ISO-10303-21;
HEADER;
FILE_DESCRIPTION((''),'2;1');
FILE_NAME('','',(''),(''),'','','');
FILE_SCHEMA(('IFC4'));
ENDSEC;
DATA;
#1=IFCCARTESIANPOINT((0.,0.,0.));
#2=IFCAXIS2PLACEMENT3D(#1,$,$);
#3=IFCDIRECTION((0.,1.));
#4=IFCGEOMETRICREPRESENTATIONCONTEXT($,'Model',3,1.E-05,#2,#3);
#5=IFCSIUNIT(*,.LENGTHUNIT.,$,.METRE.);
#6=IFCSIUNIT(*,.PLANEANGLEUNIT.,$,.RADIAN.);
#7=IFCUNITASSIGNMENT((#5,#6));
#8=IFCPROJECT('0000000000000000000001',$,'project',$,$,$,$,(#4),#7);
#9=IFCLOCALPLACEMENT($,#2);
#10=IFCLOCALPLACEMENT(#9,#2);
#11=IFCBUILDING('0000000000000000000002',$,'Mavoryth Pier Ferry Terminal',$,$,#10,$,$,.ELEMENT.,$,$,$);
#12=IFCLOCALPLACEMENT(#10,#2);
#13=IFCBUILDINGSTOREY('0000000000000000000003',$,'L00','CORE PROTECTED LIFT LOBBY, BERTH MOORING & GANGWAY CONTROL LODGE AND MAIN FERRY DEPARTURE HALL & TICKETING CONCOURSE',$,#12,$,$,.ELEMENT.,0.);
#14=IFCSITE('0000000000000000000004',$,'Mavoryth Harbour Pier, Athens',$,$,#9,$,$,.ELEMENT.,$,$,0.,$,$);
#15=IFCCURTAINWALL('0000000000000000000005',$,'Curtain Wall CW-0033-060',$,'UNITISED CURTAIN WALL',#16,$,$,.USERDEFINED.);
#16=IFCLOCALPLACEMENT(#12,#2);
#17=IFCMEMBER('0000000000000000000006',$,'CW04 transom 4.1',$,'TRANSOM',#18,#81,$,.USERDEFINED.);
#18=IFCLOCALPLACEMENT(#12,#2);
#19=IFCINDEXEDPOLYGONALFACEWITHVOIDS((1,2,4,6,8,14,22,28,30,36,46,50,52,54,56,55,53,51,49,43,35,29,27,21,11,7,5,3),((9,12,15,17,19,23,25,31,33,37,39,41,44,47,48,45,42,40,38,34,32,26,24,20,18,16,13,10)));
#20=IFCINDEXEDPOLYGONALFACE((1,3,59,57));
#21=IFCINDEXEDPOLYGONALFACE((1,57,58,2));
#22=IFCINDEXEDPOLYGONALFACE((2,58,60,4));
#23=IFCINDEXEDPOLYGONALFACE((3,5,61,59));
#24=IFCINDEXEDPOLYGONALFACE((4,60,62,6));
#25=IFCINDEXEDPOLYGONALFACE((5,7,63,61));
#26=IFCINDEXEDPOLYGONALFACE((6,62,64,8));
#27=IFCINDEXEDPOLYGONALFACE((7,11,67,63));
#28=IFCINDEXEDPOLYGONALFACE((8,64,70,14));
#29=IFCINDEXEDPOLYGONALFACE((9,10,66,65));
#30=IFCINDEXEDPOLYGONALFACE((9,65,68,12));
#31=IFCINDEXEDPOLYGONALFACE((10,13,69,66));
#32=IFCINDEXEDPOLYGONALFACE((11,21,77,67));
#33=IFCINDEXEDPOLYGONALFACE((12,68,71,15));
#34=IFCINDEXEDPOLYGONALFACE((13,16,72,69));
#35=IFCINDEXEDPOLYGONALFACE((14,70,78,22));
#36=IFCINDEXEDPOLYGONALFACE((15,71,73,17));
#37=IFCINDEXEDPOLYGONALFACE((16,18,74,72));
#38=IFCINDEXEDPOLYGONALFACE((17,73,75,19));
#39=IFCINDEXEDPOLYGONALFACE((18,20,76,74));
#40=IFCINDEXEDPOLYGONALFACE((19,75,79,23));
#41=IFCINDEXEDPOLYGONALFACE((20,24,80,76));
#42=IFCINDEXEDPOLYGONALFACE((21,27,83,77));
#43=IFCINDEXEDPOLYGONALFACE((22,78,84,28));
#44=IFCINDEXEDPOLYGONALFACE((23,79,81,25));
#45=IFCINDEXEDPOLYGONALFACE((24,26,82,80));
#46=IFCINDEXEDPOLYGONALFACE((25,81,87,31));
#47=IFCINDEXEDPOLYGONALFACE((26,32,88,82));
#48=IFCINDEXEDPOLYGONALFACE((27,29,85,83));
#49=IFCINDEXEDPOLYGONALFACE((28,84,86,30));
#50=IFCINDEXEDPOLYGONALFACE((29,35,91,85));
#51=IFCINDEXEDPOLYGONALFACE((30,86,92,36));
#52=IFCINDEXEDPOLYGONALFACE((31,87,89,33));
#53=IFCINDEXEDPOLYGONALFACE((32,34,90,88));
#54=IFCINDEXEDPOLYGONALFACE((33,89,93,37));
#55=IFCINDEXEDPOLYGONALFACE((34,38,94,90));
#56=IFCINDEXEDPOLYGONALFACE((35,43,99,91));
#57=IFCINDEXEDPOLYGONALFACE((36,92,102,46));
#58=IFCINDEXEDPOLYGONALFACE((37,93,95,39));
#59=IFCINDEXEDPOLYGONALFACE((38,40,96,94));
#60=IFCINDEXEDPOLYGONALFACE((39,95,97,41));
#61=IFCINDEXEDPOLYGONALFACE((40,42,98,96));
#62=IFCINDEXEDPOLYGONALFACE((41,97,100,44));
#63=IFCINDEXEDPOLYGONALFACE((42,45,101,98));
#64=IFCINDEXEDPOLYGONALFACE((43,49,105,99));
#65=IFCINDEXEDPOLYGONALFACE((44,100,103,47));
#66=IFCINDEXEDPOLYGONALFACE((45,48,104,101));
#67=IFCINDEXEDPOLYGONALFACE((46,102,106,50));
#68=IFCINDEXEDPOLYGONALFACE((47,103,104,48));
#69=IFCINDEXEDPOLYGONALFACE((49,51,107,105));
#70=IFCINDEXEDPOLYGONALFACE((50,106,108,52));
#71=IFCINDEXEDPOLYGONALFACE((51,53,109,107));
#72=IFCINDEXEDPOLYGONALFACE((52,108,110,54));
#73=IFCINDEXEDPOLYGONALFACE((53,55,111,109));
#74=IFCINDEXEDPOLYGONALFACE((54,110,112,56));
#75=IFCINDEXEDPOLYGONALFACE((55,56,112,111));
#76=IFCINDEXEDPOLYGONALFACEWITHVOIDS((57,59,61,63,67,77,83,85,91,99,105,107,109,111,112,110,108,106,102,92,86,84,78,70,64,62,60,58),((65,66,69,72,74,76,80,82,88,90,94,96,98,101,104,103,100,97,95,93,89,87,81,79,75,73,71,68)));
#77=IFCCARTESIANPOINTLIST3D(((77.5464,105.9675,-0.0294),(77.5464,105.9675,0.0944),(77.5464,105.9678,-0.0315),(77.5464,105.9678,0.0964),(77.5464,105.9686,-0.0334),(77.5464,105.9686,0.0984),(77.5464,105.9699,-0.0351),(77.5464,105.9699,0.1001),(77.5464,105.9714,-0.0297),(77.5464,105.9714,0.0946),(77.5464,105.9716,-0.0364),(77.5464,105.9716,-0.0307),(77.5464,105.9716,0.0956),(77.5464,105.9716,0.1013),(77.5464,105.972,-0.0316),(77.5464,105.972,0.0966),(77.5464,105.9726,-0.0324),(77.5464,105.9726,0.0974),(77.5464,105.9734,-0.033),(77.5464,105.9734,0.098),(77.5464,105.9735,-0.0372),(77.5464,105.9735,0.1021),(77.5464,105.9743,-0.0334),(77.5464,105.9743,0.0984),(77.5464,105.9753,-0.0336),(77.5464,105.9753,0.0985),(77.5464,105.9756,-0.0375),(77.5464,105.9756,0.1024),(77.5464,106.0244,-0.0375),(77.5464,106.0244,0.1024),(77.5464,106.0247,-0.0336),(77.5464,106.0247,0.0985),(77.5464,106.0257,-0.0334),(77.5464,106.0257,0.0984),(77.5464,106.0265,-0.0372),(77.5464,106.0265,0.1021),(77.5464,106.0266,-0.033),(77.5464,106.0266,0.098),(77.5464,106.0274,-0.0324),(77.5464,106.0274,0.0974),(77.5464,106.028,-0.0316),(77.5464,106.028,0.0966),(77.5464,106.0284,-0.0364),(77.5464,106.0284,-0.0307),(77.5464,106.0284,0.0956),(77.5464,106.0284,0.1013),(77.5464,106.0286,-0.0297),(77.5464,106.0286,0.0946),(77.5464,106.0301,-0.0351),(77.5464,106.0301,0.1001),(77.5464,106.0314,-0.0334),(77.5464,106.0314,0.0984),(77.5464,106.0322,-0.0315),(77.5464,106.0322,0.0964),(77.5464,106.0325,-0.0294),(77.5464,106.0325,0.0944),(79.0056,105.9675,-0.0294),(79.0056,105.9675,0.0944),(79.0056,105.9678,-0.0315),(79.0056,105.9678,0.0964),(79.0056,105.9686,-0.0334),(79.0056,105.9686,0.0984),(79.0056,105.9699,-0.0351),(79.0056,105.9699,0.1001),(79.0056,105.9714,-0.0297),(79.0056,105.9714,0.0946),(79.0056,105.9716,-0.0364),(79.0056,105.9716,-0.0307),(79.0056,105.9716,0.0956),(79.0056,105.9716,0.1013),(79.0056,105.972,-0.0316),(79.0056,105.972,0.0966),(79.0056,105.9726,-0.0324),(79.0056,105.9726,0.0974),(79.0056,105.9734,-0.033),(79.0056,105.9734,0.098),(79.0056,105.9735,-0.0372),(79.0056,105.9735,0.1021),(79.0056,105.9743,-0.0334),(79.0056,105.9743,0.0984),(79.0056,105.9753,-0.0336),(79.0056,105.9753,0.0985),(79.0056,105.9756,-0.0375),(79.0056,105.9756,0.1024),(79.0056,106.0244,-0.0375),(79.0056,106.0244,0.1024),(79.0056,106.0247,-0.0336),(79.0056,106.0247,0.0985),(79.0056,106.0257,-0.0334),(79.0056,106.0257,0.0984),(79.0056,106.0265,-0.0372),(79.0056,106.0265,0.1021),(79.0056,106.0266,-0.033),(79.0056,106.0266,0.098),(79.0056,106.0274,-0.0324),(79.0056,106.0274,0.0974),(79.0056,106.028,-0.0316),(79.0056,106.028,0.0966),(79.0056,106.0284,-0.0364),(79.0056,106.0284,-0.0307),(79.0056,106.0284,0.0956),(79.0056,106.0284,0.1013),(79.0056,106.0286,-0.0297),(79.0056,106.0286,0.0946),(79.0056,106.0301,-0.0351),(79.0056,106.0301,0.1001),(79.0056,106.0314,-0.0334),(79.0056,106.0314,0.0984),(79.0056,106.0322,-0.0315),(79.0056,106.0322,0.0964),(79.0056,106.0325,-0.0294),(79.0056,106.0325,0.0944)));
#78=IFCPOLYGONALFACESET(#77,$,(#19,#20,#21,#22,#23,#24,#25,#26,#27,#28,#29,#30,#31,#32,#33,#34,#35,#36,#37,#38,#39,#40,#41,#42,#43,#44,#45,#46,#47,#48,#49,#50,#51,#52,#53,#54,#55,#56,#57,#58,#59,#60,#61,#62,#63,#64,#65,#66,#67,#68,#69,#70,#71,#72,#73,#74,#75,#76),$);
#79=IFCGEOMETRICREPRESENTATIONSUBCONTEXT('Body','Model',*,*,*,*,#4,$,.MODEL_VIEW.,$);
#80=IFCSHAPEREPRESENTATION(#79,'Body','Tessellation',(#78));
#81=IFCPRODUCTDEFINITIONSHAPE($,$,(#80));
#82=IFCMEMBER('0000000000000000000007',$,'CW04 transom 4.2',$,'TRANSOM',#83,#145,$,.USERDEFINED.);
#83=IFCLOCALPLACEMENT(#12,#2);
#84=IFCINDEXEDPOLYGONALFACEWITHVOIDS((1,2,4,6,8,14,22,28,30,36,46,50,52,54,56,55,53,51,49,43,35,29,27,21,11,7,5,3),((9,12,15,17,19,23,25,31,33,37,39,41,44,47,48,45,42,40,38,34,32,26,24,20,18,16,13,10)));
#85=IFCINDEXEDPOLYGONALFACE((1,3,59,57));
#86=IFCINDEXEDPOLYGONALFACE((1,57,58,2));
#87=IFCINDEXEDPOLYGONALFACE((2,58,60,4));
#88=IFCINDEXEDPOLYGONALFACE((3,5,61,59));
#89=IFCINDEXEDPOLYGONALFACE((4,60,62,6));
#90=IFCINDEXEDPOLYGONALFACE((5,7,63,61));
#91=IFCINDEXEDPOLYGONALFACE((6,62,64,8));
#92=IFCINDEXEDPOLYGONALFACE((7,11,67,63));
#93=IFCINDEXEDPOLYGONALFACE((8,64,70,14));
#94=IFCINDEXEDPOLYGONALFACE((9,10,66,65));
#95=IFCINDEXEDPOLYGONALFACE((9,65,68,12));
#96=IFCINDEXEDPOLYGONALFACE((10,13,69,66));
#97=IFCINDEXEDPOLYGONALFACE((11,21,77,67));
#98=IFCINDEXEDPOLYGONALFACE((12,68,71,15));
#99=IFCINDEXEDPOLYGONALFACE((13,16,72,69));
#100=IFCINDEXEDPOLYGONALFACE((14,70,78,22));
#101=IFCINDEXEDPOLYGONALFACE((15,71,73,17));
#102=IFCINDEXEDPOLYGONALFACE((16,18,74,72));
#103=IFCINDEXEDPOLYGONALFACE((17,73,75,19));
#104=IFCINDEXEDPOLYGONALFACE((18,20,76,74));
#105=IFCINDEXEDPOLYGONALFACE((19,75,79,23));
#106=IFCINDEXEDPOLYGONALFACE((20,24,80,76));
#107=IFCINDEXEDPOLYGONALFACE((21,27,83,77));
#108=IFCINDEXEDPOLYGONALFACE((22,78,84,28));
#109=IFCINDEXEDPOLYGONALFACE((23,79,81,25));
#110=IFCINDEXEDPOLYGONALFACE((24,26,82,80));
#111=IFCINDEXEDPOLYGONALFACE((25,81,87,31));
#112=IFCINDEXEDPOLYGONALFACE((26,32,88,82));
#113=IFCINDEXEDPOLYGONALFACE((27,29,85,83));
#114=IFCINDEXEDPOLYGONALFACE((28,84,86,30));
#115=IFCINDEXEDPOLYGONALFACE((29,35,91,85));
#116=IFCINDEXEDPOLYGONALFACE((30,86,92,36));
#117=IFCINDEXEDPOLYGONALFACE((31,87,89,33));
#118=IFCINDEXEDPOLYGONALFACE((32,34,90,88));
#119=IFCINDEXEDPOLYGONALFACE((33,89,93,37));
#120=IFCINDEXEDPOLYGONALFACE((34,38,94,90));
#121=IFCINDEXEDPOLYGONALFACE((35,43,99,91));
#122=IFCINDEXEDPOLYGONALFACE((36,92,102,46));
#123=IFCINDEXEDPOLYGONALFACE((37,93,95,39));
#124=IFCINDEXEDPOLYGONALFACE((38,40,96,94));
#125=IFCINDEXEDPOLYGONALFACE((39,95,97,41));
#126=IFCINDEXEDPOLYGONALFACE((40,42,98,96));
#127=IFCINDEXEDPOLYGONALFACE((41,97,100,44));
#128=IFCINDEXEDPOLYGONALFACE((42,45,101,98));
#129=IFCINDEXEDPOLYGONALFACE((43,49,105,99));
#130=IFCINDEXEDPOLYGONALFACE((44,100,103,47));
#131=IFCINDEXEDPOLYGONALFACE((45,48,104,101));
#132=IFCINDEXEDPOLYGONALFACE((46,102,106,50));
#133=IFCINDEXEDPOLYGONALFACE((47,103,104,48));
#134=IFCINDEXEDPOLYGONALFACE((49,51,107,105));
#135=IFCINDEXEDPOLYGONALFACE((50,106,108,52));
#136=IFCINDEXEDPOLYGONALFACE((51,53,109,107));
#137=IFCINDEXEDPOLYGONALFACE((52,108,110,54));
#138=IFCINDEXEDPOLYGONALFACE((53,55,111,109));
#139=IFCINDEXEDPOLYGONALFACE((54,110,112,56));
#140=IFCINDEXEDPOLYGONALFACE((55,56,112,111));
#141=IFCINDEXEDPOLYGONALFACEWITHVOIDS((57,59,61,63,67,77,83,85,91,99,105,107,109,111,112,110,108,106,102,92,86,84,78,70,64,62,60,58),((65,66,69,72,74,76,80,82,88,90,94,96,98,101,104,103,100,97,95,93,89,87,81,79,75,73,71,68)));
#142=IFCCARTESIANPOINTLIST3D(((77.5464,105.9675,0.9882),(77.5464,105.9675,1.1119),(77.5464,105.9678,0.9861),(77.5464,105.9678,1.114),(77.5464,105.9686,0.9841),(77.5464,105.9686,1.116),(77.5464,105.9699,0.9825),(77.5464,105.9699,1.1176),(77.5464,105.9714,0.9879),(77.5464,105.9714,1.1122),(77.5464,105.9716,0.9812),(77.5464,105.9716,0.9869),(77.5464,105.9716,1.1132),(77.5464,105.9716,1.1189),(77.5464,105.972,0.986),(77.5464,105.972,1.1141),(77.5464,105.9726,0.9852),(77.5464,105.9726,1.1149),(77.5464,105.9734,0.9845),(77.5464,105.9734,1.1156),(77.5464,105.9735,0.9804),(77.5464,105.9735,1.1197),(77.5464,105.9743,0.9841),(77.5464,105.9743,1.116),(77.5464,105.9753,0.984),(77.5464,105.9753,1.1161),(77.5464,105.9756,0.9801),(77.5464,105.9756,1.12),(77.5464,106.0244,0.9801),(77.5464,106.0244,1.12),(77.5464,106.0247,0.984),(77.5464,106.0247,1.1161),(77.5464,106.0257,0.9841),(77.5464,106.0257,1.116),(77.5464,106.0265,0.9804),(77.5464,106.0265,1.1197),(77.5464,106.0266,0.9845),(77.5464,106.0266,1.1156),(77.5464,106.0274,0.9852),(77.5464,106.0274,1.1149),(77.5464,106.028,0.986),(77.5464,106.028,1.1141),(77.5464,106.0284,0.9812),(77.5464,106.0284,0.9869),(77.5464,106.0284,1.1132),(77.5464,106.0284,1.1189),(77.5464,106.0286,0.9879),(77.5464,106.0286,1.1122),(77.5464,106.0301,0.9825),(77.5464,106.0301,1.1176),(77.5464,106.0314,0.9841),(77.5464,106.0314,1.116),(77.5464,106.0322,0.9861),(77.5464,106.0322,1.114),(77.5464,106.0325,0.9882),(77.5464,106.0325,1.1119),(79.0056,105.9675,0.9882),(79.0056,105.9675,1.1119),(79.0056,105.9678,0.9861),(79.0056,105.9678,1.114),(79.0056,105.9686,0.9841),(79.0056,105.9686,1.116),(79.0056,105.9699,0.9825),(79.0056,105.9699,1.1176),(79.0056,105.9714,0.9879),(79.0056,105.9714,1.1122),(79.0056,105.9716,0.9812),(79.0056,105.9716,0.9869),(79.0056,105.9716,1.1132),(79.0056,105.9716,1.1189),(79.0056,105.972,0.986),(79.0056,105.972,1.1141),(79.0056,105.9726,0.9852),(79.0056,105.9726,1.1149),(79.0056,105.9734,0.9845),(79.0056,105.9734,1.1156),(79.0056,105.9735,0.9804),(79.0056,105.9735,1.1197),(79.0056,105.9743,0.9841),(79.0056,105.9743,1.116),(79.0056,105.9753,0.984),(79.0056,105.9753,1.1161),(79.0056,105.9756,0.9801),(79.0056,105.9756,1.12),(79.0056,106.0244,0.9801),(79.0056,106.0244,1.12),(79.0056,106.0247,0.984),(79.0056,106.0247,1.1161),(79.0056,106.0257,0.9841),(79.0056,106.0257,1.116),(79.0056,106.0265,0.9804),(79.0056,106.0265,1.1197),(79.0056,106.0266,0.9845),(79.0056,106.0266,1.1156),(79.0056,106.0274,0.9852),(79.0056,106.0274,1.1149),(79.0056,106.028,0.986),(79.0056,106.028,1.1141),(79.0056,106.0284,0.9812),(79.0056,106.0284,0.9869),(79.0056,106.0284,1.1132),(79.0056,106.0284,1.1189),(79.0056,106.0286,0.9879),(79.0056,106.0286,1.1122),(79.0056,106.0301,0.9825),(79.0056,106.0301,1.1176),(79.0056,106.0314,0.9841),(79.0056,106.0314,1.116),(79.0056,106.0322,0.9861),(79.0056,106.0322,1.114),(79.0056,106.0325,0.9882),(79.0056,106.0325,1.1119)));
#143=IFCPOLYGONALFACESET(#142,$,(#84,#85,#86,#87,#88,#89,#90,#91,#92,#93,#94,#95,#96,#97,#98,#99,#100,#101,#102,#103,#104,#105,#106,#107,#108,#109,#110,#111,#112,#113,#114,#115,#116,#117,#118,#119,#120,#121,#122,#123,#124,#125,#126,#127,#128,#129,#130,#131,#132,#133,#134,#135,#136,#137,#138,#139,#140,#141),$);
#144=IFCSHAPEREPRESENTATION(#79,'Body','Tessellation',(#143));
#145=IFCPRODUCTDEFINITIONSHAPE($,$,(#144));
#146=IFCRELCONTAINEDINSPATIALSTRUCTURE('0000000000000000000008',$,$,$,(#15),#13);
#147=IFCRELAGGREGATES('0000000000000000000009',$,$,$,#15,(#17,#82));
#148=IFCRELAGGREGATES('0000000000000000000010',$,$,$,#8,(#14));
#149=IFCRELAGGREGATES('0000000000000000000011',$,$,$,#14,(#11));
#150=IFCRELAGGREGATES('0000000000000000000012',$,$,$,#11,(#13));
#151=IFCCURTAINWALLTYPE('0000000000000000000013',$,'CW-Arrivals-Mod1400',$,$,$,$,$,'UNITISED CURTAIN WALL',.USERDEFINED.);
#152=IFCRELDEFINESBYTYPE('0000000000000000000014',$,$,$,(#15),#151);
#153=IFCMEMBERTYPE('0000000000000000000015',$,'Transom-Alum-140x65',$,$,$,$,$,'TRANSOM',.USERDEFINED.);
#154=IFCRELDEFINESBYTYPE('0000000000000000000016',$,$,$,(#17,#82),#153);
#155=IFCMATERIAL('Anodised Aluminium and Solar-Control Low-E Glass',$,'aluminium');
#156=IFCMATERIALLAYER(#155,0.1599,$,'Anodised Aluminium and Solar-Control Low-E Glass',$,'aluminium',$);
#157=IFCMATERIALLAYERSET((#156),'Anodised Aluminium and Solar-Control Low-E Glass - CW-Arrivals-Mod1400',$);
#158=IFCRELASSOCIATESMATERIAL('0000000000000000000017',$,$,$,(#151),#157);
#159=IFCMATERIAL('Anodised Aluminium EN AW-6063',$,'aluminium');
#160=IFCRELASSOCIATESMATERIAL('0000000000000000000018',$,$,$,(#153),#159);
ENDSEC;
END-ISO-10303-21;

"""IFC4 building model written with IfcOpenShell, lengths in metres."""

from ifc_helpers import new_model, si_unit, direction, frame, origin, origin_2d, place, context, subcontext, project, spatial, hollow_rectangle, extrude, material, layer, layer_set, material_profile, profile_set, type_object, element, aggregate, save


model = new_model("IFC4")

# Units and contexts
model_context = context("Model", 3, precision=1e-05, world=origin(), true_north=direction((0.0, 1.0)))
body_context = subcontext(model_context, "Body", "Model", "MODEL_VIEW")
ifc_project = project(units=[si_unit("LENGTHUNIT", "METRE"), si_unit("PLANEANGLEUNIT", "RADIAN")], contexts=[model_context])

# Site, building, storey
site_placement = place(None, origin())
site = spatial("IfcSite", under=ifc_project, at=site_placement, Name="Mavoryth Harbour Pier, Athens", CompositionType="ELEMENT", RefElevation=0.0)
building_placement = place(site_placement, origin())
building = spatial("IfcBuilding", under=site, at=building_placement, Name="Mavoryth Pier Ferry Terminal", CompositionType="ELEMENT")
storey_placement = place(building_placement, origin())
storey = spatial("IfcBuildingStorey", under=building, at=storey_placement, Name="L00", Description="CORE PROTECTED LIFT LOBBY, BERTH MOORING & GANGWAY CONTROL LODGE AND MAIN FERRY DEPARTURE HALL & TICKETING CONCOURSE", CompositionType="ELEMENT", Elevation=0.0)

# Curtain wall, members
ifc_material_1 = material(Name="Anodised Aluminium and Solar-Control Low-E Glass", Category="aluminium")
ifc_layer_1 = layer(ifc_material_1, 0.1599, Name="Anodised Aluminium and Solar-Control Low-E Glass", Category="aluminium")
ifc_layer_set_1 = layer_set([ifc_layer_1], Name="Anodised Aluminium and Solar-Control Low-E Glass - CW-Arrivals-Mod1400")
curtain_wall_type = type_object("IfcCurtainWallType", Name="CW-Arrivals-Mod1400", ElementType="UNITISED CURTAIN WALL", PredefinedType="USERDEFINED", material=ifc_layer_set_1)
curtain_wall_placement = place(storey_placement, origin())
curtain_wall = element("IfcCurtainWall", 1, at=curtain_wall_placement, inside=storey, type_object=curtain_wall_type, Name="Curtain Wall CW-0033-060", ObjectType="UNITISED CURTAIN WALL", PredefinedType="USERDEFINED")
ifc_material_2 = material(Name="Anodised Aluminium EN AW-6063", Category="aluminium")
ifc_material_profile_1 = material_profile(ifc_material_2, hollow_rectangle(XDim=0.0649, YDim=0.1399, WallThickness=0.0039, InnerFilletRadius=0.0039, OuterFilletRadius=0.0081, at=origin_2d()), Name="AL-TRAN 140x65x4", Category="aluminium")
ifc_profile_set_1 = profile_set([ifc_material_profile_1], Name="Anodised Aluminium EN AW-6063 - AL-TRAN 140x65x4")
member_type_1 = type_object("IfcMemberType", Name="Transom-Alum-140x65", ElementType="TRANSOM", PredefinedType="USERDEFINED", material=ifc_profile_set_1)
member_1_placement = place(storey_placement, frame((79.0056, 106.0, 0.0325), z_axis=(-1.0, 0.0, 0.0), x_axis=(0.0, -1.0, 0.0)))
member_1 = element("IfcMember", 2, at=member_1_placement, type_object=member_type_1, Name="CW04 transom 4.1", ObjectType="TRANSOM", PredefinedType="USERDEFINED", context=body_context, shape_type="SweptSolid", body=[
    extrude(hollow_rectangle(XDim=0.0649, YDim=0.1399, WallThickness=0.0039, InnerFilletRadius=0.0039, OuterFilletRadius=0.0081, at=origin_2d()), origin(), (0.0, 0.0, 1.0), 1.4592),
])
member_2_placement = place(storey_placement, frame((79.0056, 106.0, 1.05), z_axis=(-1.0, 0.0, 0.0), x_axis=(0.0, -1.0, 0.0)))
member_2 = element("IfcMember", 3, at=member_2_placement, type_object=member_type_1, Name="CW04 transom 4.2", ObjectType="TRANSOM", PredefinedType="USERDEFINED", context=body_context, shape_type="SweptSolid", body=[
    extrude(hollow_rectangle(XDim=0.0649, YDim=0.1399, WallThickness=0.0039, InnerFilletRadius=0.0039, OuterFilletRadius=0.0081, at=origin_2d()), origin(), (0.0, 0.0, 1.0), 1.4592),
])
aggregate(curtain_wall, [member_1, member_2])

save(model, "model.ifc")
